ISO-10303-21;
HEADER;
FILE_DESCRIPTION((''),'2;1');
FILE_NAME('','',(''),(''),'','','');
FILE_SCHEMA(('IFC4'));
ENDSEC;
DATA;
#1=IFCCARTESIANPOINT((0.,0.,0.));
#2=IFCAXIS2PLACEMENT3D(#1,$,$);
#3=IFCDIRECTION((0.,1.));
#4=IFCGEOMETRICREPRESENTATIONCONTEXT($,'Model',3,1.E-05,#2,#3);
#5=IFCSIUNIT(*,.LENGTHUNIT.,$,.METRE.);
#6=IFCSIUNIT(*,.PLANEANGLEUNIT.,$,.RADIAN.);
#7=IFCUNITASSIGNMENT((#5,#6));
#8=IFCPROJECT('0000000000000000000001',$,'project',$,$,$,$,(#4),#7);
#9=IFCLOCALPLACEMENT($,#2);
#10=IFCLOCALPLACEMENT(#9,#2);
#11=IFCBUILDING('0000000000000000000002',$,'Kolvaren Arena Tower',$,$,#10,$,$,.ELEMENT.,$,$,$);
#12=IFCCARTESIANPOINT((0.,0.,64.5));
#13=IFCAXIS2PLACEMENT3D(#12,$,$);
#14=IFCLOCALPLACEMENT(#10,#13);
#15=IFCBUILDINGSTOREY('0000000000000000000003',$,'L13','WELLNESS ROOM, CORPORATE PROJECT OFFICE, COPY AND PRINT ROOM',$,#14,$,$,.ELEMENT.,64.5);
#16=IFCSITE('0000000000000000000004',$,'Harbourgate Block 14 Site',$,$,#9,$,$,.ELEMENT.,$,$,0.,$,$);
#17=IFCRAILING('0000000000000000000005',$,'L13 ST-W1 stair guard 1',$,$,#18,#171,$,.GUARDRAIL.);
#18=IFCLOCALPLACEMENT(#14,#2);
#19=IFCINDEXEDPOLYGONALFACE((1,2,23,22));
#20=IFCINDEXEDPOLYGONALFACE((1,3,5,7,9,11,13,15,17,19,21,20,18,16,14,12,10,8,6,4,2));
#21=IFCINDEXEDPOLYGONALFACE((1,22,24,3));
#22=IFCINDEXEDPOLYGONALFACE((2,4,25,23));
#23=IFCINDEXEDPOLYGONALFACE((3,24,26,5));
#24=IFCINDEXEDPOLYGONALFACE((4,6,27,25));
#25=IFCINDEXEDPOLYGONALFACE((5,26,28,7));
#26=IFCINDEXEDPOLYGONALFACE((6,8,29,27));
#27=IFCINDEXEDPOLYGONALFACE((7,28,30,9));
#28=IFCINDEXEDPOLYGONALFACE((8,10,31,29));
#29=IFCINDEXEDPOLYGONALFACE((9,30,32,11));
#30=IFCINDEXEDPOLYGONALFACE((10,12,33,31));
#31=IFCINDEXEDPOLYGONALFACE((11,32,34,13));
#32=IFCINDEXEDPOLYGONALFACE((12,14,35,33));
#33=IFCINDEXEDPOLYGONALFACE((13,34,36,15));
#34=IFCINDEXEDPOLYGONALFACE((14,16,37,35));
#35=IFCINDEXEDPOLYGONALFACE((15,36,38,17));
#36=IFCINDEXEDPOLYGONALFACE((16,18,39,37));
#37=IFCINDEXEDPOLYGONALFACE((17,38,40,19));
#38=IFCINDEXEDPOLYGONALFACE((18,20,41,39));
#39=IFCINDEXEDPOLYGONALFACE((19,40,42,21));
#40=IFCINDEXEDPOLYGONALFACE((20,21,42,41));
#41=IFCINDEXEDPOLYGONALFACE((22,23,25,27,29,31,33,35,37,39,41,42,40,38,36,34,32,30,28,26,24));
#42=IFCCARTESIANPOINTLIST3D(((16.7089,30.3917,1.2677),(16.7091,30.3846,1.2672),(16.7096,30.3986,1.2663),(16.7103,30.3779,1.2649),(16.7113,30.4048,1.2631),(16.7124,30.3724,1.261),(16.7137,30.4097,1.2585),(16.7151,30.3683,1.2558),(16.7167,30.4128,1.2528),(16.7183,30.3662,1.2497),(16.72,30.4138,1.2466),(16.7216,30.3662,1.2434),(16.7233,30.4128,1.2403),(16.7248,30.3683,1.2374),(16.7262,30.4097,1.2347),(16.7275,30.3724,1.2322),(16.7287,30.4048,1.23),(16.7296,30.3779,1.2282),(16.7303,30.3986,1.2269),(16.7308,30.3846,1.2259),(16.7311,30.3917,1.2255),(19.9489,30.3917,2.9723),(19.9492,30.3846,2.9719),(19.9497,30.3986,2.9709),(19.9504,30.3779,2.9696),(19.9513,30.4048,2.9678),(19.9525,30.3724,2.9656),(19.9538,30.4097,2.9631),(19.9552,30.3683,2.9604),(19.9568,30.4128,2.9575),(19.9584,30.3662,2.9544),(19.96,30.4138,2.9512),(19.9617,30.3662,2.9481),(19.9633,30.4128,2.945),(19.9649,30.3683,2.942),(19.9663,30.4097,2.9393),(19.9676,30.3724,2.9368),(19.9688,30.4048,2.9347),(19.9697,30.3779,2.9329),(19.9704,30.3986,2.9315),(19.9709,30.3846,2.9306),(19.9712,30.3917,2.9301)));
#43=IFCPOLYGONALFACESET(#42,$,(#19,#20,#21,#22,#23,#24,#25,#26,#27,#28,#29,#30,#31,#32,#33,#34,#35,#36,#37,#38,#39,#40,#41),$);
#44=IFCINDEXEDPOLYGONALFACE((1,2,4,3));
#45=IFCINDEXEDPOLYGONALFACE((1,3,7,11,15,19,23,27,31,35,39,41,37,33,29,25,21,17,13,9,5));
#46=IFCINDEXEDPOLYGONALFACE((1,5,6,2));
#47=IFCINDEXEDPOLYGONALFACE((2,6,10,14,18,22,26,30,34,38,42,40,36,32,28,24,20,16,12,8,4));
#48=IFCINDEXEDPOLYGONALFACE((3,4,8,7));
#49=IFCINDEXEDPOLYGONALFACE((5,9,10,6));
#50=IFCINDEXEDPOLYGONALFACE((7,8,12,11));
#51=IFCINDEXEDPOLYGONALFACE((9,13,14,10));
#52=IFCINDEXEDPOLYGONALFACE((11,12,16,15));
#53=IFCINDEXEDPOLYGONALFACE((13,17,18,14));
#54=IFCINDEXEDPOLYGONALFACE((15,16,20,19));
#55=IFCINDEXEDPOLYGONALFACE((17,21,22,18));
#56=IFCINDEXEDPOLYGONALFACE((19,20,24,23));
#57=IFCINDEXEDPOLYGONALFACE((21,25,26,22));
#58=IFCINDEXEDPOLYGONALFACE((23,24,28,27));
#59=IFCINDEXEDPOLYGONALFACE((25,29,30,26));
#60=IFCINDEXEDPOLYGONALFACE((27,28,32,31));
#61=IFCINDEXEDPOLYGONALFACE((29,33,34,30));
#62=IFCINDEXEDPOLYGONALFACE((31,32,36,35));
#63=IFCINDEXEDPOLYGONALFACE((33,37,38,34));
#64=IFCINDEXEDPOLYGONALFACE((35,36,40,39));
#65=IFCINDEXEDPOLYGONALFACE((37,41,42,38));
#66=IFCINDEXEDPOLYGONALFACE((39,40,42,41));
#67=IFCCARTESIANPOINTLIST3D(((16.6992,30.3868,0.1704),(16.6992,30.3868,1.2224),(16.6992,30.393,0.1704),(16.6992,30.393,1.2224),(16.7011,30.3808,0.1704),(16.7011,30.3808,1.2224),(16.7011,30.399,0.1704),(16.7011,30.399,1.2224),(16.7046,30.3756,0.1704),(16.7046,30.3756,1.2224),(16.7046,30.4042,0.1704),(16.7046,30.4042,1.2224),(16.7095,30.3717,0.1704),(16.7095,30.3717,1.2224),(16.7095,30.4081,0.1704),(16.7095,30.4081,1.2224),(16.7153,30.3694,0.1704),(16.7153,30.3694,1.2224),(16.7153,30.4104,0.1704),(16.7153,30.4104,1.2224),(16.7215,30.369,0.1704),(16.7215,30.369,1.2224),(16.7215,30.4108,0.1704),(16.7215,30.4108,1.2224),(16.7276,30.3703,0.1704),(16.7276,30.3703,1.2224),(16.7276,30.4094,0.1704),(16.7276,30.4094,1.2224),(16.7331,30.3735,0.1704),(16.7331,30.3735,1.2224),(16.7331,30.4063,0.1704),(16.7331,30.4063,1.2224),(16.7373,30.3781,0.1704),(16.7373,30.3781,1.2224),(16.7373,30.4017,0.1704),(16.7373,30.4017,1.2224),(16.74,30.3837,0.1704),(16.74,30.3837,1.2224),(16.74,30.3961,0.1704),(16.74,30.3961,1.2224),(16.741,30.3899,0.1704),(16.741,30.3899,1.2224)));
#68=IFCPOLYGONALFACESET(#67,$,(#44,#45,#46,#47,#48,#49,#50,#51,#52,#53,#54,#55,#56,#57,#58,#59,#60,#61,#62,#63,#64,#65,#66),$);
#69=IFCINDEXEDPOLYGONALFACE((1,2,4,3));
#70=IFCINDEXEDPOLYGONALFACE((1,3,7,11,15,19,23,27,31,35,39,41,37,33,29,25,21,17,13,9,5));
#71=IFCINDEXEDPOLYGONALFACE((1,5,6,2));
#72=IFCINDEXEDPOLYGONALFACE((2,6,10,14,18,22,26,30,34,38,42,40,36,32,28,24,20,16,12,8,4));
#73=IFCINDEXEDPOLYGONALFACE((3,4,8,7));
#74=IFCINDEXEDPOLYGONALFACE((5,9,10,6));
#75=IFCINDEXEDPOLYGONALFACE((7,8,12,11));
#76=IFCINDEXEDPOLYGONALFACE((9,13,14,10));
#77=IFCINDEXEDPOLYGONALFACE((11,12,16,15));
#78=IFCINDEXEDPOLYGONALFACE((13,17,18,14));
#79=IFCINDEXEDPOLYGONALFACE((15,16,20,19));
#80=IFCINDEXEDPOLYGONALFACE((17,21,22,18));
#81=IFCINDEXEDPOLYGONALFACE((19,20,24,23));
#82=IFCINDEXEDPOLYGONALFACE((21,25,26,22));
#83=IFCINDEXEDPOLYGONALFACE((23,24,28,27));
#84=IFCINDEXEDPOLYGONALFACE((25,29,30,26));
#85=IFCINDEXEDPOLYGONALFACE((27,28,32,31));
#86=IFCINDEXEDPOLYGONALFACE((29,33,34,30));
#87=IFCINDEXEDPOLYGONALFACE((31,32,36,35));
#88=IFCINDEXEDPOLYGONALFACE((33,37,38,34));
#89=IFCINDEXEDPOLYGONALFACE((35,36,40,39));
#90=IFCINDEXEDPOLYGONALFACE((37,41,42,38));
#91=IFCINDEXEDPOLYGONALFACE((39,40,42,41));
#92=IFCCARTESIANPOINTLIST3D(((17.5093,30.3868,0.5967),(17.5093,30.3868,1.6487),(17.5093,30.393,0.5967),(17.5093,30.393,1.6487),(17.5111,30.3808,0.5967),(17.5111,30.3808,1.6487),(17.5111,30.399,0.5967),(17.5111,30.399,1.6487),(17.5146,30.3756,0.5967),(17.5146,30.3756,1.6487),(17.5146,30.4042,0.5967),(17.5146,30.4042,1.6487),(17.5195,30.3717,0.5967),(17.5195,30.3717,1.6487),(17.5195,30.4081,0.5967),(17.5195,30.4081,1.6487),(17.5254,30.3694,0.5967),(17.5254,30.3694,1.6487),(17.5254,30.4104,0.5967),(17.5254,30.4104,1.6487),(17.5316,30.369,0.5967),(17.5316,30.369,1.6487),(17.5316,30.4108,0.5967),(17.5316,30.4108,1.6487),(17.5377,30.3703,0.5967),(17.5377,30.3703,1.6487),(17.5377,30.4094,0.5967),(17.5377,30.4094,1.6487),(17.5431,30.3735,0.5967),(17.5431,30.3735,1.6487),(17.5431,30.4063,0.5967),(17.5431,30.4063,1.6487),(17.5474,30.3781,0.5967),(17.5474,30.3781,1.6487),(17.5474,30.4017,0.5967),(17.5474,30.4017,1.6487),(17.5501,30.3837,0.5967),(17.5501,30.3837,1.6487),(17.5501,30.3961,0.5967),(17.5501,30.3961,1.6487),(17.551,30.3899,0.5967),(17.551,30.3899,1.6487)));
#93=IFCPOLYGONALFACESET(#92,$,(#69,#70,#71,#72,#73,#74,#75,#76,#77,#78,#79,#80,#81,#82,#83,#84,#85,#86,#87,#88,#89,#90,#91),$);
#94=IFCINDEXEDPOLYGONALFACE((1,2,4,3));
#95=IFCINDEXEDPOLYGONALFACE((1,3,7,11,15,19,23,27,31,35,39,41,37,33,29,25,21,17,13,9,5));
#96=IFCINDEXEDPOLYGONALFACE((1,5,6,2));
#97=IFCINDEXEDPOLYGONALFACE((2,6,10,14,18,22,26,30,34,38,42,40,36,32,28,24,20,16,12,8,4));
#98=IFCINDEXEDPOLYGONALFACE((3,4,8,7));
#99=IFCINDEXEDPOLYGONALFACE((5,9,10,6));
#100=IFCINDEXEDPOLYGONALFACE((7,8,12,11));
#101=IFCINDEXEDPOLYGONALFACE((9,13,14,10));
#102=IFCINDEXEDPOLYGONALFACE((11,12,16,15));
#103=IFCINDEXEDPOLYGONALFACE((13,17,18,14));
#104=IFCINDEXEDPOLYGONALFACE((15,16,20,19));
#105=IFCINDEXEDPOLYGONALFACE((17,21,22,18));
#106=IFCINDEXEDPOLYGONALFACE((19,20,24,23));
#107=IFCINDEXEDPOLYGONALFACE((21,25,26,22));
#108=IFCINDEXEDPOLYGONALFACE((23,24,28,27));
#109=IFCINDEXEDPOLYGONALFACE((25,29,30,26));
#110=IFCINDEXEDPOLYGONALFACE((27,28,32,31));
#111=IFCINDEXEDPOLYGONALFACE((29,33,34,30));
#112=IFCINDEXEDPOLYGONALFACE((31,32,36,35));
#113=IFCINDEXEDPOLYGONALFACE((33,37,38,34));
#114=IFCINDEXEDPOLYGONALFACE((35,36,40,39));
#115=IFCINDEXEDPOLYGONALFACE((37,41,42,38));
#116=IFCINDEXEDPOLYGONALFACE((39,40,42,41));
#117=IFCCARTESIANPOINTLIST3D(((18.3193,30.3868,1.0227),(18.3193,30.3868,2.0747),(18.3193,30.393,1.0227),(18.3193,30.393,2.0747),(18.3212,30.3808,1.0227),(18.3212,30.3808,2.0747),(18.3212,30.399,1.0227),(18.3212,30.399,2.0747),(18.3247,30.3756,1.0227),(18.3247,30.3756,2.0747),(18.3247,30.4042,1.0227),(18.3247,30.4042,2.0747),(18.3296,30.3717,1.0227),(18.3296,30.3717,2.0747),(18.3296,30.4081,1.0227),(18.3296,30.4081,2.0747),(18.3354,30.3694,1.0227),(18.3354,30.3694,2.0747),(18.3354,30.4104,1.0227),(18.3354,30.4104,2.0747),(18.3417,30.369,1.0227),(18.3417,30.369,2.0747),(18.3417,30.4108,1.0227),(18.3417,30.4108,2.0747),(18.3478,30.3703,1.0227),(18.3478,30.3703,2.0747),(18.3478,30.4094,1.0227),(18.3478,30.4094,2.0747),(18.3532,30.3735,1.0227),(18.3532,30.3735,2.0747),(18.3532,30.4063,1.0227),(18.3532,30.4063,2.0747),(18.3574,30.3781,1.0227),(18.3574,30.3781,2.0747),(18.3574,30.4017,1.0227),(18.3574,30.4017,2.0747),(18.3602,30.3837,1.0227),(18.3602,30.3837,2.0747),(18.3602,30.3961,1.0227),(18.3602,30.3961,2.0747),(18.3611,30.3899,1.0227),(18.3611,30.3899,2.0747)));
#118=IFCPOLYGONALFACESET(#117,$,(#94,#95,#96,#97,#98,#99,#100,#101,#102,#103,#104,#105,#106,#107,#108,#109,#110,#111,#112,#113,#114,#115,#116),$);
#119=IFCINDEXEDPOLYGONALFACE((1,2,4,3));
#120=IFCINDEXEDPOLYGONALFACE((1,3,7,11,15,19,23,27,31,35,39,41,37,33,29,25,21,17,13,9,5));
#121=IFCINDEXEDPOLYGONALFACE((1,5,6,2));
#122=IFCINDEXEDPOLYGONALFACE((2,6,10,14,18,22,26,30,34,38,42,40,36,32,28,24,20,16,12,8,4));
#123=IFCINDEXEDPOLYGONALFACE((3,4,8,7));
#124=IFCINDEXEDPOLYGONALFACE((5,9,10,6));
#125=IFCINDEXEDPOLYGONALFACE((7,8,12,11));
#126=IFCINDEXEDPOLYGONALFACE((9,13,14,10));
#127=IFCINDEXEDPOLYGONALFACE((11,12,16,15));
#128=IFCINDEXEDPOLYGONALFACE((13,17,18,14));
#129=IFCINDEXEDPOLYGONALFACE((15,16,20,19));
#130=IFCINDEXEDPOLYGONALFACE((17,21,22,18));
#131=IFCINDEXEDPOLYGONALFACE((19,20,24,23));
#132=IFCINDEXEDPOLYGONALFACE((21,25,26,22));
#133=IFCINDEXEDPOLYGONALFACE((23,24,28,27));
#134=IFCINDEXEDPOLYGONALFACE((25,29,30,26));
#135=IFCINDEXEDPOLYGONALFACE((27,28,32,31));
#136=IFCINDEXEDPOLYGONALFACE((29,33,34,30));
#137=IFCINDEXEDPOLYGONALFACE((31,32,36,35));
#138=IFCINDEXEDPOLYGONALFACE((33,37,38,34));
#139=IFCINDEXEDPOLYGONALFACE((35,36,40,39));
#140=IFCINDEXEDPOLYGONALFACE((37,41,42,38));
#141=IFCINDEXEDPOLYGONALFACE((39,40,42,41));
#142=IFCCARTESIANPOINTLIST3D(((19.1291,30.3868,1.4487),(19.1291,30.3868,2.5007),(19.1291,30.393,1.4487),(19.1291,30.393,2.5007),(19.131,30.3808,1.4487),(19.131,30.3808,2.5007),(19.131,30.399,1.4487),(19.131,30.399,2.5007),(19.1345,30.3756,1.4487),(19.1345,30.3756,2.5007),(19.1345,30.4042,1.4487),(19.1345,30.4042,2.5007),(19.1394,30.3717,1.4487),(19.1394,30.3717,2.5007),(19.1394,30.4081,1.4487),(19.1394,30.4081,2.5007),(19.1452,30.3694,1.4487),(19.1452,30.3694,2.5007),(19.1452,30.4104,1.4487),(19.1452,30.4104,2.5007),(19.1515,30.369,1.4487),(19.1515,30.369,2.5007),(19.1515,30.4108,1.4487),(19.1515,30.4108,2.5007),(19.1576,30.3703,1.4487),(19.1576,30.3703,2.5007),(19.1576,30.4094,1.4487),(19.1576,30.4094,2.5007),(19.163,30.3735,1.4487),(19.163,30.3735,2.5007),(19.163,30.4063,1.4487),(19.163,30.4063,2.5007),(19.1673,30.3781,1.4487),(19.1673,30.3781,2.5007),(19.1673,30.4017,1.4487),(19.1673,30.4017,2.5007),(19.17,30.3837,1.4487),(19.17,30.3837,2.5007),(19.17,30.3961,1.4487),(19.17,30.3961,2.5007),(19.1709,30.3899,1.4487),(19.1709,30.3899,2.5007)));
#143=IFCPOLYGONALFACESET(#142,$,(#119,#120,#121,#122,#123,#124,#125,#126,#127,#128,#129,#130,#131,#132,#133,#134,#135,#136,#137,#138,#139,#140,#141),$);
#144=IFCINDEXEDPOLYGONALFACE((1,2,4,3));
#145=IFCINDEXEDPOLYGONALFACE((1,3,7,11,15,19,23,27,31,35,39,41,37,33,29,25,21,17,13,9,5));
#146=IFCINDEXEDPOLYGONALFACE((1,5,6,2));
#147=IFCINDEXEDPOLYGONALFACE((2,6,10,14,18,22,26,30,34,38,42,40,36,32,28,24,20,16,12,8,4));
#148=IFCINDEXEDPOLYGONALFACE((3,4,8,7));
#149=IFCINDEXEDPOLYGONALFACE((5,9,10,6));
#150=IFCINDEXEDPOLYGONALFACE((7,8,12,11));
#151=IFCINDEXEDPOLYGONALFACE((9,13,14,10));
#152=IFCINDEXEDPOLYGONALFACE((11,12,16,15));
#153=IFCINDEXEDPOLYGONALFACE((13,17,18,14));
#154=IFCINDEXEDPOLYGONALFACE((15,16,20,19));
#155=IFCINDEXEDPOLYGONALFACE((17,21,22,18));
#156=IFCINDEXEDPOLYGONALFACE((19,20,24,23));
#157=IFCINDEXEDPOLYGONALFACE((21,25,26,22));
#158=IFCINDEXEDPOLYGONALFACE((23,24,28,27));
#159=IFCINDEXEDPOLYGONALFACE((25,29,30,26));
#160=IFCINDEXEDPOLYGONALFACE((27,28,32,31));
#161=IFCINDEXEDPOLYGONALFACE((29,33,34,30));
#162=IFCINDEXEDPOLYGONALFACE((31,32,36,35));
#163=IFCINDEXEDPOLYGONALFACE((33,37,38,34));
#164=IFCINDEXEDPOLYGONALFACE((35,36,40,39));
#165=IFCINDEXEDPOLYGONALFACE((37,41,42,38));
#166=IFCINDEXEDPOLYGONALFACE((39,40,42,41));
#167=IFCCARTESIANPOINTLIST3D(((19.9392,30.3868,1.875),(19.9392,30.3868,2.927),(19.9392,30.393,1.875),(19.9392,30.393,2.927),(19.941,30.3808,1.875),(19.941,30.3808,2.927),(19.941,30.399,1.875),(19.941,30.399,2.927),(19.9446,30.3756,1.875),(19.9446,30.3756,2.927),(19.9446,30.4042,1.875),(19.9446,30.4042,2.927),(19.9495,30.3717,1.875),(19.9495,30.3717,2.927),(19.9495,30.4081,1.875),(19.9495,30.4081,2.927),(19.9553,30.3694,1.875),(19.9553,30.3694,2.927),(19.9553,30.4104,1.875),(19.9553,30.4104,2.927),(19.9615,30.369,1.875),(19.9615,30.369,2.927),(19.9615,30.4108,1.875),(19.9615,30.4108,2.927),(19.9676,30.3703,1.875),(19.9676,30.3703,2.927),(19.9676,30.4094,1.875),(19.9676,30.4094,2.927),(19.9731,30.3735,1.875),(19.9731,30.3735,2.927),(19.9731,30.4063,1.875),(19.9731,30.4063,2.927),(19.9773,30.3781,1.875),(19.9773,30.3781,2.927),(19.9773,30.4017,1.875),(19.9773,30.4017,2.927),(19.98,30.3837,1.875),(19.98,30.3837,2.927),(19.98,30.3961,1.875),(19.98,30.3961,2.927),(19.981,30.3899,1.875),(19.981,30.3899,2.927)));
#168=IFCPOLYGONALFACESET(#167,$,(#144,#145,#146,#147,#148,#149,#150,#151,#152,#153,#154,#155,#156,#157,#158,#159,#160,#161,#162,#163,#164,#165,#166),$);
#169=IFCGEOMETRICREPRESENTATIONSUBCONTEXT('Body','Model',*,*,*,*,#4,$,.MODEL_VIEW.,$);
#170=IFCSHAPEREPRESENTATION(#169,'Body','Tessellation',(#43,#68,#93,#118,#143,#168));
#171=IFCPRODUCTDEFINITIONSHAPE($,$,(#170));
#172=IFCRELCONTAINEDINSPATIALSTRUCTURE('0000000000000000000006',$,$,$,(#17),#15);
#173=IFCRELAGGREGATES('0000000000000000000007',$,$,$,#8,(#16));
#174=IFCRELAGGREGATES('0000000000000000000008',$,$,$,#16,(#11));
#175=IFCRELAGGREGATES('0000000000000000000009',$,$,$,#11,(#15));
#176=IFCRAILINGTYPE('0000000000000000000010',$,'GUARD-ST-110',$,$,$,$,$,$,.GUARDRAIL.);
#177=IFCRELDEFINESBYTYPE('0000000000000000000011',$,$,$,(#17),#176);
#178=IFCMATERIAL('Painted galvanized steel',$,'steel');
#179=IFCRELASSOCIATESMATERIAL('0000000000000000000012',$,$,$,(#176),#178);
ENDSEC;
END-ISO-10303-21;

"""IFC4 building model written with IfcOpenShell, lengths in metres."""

from ifc_helpers import new_model, si_unit, direction, frame, origin, origin_2d, place, context, subcontext, project, spatial, circle, extrude, material, type_object, element, save


model = new_model("IFC4")

# Units and contexts
model_context = context("Model", 3, precision=1e-05, world=origin(), true_north=direction((0.0, 1.0)))
body_context = subcontext(model_context, "Body", "Model", "MODEL_VIEW")
ifc_project = project(units=[si_unit("LENGTHUNIT", "METRE"), si_unit("PLANEANGLEUNIT", "RADIAN")], contexts=[model_context])

# Site, building, storey
site_placement = place(None, origin())
site = spatial("IfcSite", under=ifc_project, at=site_placement, Name="Harbourgate Block 14 Site", CompositionType="ELEMENT", RefElevation=0.0)
building_placement = place(site_placement, origin())
building = spatial("IfcBuilding", under=site, at=building_placement, Name="Kolvaren Arena Tower", CompositionType="ELEMENT")
storey_placement = place(building_placement, frame((0.0, 0.0, 64.5)))
storey = spatial("IfcBuildingStorey", under=building, at=storey_placement, Name="L13", Description="WELLNESS ROOM, CORPORATE PROJECT OFFICE, COPY AND PRINT ROOM", CompositionType="ELEMENT", Elevation=64.5)

# Railing
ifc_material_1 = material(Name="Painted galvanized steel", Category="steel")
railing_type = type_object("IfcRailingType", Name="GUARD-ST-110", PredefinedType="GUARDRAIL", material=ifc_material_1)
railing_1_placement = place(storey_placement, frame((16.72, 30.3899, 0.1704)))
element("IfcRailing", 1, at=railing_1_placement, inside=storey, type_object=railing_type, Name="L13 ST-W1 stair guard 1", PredefinedType="GUARDRAIL", context=body_context, shape_type="SweptSolid", body=[
    extrude(circle(Radius=0.0239, at=origin_2d()), frame((0.0, 0.0, 1.0762), z_axis=(0.884993, 0.0, 0.465604), x_axis=(0.0, 1.0, 0.0)), (0.0, 0.0, 1.0), 3.6611),
    extrude(circle(Radius=0.021, at=origin_2d()), origin(), (0.0, 0.0, 1.0), 1.052),
    extrude(circle(Radius=0.021, at=origin_2d()), frame((0.8101, 0.0, 0.4263)), (0.0, 0.0, 1.0), 1.052),
    extrude(circle(Radius=0.021, at=origin_2d()), frame((1.6201, 0.0, 0.8523)), (0.0, 0.0, 1.0), 1.052),
    extrude(circle(Radius=0.021, at=origin_2d()), frame((2.4299, 0.0, 1.2783)), (0.0, 0.0, 1.0), 1.052),
    extrude(circle(Radius=0.021, at=origin_2d()), frame((3.24, 0.0, 1.7046)), (0.0, 0.0, 1.0), 1.052),
])

save(model, "model.ifc")
